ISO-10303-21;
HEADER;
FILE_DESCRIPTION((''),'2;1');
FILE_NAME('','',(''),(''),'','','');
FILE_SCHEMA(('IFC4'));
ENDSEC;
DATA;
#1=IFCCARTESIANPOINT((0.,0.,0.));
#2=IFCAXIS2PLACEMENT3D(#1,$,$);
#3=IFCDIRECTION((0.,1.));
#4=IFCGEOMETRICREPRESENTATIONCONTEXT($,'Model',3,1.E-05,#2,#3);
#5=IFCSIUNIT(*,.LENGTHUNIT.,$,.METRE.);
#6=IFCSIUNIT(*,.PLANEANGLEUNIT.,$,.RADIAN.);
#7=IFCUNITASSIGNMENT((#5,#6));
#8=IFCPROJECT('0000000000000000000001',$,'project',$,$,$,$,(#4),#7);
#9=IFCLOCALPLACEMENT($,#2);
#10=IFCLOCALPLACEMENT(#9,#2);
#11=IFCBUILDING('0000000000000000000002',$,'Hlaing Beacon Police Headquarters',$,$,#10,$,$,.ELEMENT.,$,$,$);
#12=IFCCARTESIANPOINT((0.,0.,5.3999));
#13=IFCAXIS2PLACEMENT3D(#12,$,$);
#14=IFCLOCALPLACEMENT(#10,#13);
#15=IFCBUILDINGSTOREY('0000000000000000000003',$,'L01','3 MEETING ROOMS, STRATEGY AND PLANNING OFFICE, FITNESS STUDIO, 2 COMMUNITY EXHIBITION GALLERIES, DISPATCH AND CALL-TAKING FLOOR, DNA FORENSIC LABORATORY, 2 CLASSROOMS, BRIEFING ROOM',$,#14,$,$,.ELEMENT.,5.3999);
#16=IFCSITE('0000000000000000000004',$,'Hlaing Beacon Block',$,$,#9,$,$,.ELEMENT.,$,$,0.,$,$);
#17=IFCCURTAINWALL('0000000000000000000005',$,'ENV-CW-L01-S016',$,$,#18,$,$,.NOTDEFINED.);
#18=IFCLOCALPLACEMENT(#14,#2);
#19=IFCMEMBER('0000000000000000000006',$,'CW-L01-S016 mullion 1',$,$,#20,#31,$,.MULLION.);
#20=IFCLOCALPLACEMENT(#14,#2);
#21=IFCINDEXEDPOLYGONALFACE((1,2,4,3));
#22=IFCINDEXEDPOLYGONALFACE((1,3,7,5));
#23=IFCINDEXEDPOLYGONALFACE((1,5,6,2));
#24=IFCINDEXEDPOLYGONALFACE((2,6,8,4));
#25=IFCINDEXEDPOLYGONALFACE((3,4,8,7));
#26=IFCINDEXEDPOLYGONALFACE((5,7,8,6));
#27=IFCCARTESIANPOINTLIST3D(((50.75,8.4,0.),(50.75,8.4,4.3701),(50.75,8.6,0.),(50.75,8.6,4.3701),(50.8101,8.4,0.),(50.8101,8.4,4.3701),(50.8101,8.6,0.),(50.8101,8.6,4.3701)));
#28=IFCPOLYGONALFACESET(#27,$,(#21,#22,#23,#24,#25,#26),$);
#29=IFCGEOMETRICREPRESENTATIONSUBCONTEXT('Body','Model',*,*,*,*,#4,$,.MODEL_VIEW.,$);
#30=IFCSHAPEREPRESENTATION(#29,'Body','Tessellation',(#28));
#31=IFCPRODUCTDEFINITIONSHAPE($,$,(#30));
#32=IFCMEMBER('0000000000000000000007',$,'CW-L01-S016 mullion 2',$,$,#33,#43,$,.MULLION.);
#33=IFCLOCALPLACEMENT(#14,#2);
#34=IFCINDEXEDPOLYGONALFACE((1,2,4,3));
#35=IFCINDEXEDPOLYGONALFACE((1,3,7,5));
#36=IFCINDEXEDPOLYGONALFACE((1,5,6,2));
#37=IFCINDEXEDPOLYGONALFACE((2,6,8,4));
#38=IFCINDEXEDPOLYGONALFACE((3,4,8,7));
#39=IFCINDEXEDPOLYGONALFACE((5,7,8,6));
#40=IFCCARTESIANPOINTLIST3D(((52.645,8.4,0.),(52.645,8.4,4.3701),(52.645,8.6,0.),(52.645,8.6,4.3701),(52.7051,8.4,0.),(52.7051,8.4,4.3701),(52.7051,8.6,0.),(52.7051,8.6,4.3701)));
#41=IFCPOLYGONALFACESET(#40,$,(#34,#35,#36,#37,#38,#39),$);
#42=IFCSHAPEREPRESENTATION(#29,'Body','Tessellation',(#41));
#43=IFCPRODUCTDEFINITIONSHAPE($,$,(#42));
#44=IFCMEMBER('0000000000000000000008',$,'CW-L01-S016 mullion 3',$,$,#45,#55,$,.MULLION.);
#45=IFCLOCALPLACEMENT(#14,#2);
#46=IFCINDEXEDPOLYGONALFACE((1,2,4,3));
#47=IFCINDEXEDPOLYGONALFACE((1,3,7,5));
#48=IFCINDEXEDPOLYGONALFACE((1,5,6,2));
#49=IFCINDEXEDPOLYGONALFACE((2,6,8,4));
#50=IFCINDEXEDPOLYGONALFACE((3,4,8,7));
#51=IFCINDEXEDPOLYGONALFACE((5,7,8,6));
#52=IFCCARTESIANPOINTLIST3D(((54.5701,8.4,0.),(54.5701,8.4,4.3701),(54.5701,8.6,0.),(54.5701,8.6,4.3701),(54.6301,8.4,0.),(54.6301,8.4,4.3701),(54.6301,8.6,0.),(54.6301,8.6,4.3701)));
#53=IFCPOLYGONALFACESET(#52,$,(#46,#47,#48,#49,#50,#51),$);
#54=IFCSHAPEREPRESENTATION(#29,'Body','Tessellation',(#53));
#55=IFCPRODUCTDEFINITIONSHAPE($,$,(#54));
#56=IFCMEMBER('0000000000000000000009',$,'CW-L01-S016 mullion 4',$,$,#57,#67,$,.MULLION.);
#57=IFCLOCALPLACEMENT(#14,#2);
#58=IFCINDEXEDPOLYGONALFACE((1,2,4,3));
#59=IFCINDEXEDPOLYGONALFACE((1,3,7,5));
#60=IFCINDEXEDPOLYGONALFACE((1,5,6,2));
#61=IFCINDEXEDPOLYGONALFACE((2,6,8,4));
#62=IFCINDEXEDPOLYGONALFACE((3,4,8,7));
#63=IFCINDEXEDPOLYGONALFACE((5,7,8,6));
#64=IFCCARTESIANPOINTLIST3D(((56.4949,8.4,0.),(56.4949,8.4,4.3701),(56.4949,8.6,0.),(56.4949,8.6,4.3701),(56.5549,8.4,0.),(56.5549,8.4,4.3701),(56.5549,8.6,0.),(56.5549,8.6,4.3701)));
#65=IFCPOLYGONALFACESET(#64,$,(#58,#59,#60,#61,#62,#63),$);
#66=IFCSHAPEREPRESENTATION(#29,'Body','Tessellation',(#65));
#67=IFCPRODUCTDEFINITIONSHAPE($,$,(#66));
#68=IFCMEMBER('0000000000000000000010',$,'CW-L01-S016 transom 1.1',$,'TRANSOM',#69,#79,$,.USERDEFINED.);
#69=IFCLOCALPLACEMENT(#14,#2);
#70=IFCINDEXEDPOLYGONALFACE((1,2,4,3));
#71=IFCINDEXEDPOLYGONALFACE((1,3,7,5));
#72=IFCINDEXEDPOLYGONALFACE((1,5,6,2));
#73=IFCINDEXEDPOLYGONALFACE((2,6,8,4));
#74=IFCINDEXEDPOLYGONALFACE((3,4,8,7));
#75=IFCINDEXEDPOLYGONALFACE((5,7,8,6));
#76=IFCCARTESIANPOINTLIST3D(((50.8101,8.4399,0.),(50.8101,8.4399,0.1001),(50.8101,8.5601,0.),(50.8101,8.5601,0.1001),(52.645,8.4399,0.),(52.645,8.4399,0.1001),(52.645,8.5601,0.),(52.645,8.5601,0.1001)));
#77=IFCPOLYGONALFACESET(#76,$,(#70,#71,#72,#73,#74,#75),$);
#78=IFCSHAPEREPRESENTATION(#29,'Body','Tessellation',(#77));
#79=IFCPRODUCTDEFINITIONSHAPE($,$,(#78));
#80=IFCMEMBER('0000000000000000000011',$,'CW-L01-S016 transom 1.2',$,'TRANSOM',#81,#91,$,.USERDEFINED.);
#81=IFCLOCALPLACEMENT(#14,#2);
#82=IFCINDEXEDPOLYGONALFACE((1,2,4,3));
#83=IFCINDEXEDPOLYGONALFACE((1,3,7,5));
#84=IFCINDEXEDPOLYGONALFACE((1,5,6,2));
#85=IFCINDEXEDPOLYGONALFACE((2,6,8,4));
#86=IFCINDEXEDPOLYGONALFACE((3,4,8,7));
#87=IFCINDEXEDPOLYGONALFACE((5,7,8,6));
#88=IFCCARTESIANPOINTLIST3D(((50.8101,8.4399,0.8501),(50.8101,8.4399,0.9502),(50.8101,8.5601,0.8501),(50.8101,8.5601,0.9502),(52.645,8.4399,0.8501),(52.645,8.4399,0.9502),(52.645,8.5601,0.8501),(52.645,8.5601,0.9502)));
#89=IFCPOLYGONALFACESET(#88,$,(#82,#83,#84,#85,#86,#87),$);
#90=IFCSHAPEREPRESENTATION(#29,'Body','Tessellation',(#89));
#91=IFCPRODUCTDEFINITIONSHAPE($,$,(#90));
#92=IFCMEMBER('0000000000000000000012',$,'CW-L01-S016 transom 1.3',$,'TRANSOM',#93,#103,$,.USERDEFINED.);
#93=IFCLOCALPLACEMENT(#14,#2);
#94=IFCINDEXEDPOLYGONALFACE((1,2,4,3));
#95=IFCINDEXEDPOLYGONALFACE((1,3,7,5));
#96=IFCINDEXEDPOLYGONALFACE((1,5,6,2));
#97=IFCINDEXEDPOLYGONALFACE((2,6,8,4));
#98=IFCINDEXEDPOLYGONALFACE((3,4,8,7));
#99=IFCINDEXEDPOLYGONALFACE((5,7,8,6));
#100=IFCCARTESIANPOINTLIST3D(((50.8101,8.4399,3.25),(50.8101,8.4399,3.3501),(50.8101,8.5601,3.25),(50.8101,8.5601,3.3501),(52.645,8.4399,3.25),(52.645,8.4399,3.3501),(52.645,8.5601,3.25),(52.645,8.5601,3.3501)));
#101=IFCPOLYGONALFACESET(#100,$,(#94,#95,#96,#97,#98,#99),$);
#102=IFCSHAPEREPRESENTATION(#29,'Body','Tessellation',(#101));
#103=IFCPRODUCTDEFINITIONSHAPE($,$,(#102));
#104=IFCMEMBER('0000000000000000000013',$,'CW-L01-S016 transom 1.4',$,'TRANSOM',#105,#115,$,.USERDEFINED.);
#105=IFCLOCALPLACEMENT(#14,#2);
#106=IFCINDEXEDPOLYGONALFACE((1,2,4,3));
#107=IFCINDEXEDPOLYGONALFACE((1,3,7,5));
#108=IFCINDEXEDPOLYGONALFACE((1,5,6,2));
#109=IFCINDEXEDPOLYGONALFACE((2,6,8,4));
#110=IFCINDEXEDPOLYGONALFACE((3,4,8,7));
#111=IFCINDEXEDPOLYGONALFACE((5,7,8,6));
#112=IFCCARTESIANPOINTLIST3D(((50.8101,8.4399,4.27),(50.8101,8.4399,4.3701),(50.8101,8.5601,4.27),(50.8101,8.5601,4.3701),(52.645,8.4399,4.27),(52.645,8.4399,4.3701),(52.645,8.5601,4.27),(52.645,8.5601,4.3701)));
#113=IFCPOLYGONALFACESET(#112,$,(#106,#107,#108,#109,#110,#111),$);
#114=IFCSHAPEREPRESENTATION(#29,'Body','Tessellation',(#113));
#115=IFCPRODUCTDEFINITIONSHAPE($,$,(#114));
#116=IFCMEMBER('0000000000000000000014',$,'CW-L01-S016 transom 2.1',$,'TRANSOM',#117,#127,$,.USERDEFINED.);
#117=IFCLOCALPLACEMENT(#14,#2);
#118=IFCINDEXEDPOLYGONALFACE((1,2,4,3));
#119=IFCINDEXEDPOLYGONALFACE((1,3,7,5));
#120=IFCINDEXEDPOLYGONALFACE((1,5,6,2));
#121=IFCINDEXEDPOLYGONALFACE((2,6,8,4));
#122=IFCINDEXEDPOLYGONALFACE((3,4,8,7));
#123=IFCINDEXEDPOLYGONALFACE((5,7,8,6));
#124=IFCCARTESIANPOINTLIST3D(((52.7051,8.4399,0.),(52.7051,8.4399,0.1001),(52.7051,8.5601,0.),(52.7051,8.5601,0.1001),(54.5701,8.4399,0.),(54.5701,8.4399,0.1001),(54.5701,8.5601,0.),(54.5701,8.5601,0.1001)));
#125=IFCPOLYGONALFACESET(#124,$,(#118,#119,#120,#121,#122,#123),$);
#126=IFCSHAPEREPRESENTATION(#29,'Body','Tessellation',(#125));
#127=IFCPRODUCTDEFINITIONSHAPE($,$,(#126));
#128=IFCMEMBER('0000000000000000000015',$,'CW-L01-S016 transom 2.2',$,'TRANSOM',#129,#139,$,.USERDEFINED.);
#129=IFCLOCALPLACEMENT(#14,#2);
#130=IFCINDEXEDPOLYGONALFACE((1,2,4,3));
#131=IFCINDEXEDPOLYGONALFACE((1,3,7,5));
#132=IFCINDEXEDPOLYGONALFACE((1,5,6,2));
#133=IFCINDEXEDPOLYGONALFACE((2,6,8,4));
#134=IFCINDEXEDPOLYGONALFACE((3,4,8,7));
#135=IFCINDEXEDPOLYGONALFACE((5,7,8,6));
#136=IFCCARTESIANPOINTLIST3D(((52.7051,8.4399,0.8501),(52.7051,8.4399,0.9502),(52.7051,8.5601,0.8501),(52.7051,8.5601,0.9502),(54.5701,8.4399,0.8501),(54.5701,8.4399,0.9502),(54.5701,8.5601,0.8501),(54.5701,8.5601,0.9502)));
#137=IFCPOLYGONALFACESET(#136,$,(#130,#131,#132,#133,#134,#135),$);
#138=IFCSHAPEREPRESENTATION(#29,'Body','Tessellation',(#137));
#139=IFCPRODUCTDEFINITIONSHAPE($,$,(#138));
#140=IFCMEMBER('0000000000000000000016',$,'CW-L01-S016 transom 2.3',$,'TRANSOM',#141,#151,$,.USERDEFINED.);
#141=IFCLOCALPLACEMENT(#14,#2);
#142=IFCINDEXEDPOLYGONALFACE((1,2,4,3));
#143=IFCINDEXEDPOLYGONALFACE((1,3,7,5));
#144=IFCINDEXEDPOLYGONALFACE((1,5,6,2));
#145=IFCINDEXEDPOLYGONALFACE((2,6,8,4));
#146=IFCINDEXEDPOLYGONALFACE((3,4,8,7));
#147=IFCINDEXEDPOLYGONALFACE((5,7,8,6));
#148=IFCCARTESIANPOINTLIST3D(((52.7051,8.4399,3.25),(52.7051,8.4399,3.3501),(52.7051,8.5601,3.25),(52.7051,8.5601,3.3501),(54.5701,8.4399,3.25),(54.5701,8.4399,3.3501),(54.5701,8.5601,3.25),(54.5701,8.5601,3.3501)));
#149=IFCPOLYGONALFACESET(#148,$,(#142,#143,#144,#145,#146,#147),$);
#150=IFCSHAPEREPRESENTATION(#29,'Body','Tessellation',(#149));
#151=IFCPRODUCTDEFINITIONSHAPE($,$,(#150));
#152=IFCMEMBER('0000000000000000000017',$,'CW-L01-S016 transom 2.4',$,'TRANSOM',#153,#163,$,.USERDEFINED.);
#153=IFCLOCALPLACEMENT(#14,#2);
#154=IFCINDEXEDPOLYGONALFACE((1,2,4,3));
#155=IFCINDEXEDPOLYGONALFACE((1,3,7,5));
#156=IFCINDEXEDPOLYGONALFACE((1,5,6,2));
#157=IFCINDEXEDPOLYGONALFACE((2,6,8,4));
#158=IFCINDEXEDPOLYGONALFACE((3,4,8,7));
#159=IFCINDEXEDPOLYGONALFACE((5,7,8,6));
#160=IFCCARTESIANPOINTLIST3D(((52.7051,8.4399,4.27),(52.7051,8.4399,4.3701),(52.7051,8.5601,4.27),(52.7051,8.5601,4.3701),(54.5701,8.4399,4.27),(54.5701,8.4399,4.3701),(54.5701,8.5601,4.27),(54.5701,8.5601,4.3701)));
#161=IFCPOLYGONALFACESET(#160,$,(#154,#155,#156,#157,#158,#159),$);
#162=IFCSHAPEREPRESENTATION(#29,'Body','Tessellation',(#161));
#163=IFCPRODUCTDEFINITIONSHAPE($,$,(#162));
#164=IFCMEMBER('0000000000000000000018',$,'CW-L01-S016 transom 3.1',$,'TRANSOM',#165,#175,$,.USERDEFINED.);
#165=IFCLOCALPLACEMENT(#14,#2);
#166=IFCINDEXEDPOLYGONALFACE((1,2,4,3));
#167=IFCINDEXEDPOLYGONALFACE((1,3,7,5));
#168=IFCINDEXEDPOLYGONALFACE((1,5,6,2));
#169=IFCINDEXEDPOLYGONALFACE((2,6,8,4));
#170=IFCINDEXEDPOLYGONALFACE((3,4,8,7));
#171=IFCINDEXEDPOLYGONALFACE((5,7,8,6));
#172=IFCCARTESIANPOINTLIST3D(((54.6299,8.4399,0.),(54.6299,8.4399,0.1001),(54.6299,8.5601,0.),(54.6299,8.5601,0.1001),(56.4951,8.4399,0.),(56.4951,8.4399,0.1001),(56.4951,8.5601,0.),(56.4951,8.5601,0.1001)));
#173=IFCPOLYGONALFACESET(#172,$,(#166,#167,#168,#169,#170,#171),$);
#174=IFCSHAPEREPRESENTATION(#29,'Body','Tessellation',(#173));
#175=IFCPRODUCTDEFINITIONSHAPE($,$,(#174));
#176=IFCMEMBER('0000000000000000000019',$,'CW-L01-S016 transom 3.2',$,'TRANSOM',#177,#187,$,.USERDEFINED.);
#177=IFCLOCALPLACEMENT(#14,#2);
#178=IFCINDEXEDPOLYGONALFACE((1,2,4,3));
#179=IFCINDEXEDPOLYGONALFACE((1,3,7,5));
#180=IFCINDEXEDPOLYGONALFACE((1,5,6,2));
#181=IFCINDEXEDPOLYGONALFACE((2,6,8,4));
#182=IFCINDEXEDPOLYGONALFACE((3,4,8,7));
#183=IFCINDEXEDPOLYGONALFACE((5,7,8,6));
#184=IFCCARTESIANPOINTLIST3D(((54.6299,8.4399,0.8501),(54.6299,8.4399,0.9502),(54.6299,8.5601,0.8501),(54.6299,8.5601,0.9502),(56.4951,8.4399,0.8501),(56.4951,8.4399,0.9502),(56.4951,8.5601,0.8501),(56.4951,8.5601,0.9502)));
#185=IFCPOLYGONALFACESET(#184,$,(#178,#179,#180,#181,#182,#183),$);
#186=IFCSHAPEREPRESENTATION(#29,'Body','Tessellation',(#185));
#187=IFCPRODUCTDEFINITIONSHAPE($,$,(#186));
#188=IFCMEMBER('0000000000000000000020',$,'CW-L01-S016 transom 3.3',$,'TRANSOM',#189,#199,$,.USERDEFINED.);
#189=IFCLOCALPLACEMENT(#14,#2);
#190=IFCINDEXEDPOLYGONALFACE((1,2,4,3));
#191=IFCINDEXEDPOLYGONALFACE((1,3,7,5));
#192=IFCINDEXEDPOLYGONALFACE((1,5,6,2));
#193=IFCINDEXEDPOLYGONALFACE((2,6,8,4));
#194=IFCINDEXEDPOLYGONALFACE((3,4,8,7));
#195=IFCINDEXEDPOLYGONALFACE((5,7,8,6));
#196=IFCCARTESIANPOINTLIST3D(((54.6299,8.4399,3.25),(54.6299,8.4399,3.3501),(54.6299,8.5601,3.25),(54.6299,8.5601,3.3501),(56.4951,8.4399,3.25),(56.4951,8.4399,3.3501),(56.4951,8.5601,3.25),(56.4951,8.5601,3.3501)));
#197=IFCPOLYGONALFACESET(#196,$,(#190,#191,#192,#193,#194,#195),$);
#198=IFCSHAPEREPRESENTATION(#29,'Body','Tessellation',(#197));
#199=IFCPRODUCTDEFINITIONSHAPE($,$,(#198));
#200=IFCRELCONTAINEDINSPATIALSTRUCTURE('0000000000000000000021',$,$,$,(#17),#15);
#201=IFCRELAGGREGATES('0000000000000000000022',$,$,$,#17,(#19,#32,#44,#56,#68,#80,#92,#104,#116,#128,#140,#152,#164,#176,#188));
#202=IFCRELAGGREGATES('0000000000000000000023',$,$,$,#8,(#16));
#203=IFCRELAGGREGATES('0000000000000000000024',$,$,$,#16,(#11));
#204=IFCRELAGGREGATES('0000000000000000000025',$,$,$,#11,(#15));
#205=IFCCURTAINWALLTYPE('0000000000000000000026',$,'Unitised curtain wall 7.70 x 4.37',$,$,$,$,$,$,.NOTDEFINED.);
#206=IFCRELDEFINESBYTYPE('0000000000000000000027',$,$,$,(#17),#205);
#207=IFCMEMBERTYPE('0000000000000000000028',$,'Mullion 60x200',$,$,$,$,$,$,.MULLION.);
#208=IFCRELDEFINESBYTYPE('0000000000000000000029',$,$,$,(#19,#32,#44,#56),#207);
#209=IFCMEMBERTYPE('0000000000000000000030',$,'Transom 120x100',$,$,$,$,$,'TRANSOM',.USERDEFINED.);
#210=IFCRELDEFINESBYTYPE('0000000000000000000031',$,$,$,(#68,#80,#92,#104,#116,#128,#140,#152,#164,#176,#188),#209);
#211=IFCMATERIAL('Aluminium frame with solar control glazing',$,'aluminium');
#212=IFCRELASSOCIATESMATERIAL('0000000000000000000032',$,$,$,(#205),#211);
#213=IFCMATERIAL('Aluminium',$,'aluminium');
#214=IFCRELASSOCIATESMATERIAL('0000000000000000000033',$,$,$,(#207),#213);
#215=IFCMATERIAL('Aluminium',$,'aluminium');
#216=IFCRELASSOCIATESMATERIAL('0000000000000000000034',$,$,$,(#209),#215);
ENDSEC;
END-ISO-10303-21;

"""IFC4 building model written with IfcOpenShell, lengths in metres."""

from ifc_helpers import new_model, si_unit, direction, frame, origin, origin_2d, place, context, subcontext, project, spatial, rectangle, extrude, material, material_profile, profile_set, type_object, element, aggregate, save


model = new_model("IFC4")

# Units and contexts
model_context = context("Model", 3, precision=1e-05, world=origin(), true_north=direction((0.0, 1.0)))
body_context = subcontext(model_context, "Body", "Model", "MODEL_VIEW")
ifc_project = project(units=[si_unit("LENGTHUNIT", "METRE"), si_unit("PLANEANGLEUNIT", "RADIAN")], contexts=[model_context])

# Site, building, storey
site_placement = place(None, origin())
site = spatial("IfcSite", under=ifc_project, at=site_placement, Name="Hlaing Beacon Block", CompositionType="ELEMENT", RefElevation=0.0)
building_placement = place(site_placement, origin())
building = spatial("IfcBuilding", under=site, at=building_placement, Name="Hlaing Beacon Police Headquarters", CompositionType="ELEMENT")
storey_placement = place(building_placement, frame((0.0, 0.0, 5.3999)))
storey = spatial("IfcBuildingStorey", under=building, at=storey_placement, Name="L01", Description="3 MEETING ROOMS, STRATEGY AND PLANNING OFFICE, FITNESS STUDIO, 2 COMMUNITY EXHIBITION GALLERIES, DISPATCH AND CALL-TAKING FLOOR, DNA FORENSIC LABORATORY, 2 CLASSROOMS, BRIEFING ROOM", CompositionType="ELEMENT", Elevation=5.3999)

# Curtain wall, members
ifc_material_1 = material(Name="Aluminium frame with solar control glazing", Category="aluminium")
curtain_wall_type = type_object("IfcCurtainWallType", Name="Unitised curtain wall 7.70 x 4.37", PredefinedType="NOTDEFINED", material=ifc_material_1)
curtain_wall_placement = place(storey_placement, origin())
curtain_wall = element("IfcCurtainWall", 1, at=curtain_wall_placement, inside=storey, type_object=curtain_wall_type, Name="ENV-CW-L01-S016", PredefinedType="NOTDEFINED")
ifc_material_2 = material(Name="Aluminium", Category="aluminium")
ifc_material_profile_1 = material_profile(ifc_material_2, rectangle(XDim=0.2, YDim=0.0601, at=origin_2d()), Name="Mullion 60x200")
ifc_profile_set_1 = profile_set([ifc_material_profile_1], Name="Aluminium")
member_type_1 = type_object("IfcMemberType", Name="Mullion 60x200", PredefinedType="MULLION", material=ifc_profile_set_1)
member_1_placement = place(storey_placement, frame((50.78, 8.5, 0.0), z_axis=(0.0, 0.0, 1.0), x_axis=(0.0, 1.0, 0.0)))
member_1 = element("IfcMember", 2, at=member_1_placement, type_object=member_type_1, Name="CW-L01-S016 mullion 1", PredefinedType="MULLION", context=body_context, shape_type="SweptSolid", body=[
    extrude(rectangle(XDim=0.2, YDim=0.0601, at=origin_2d()), origin(), (0.0, 0.0, 1.0), 4.3701),
])
member_2_placement = place(storey_placement, frame((52.675, 8.5, 0.0), z_axis=(0.0, 0.0, 1.0), x_axis=(0.0, 1.0, 0.0)))
member_2 = element("IfcMember", 3, at=member_2_placement, type_object=member_type_1, Name="CW-L01-S016 mullion 2", PredefinedType="MULLION", context=body_context, shape_type="SweptSolid", body=[
    extrude(rectangle(XDim=0.2, YDim=0.0601, at=origin_2d()), origin(), (0.0, 0.0, 1.0), 4.3701),
])
member_3_placement = place(storey_placement, frame((54.6001, 8.5, 0.0), z_axis=(0.0, 0.0, 1.0), x_axis=(0.0, 1.0, 0.0)))
member_3 = element("IfcMember", 4, at=member_3_placement, type_object=member_type_1, Name="CW-L01-S016 mullion 3", PredefinedType="MULLION", context=body_context, shape_type="SweptSolid", body=[
    extrude(rectangle(XDim=0.2, YDim=0.0601, at=origin_2d()), origin(), (0.0, 0.0, 1.0), 4.3701),
])
member_4_placement = place(storey_placement, frame((56.5249, 8.5, 0.0), z_axis=(0.0, 0.0, 1.0), x_axis=(0.0, 1.0, 0.0)))
member_4 = element("IfcMember", 5, at=member_4_placement, type_object=member_type_1, Name="CW-L01-S016 mullion 4", PredefinedType="MULLION", context=body_context, shape_type="SweptSolid", body=[
    extrude(rectangle(XDim=0.2, YDim=0.0601, at=origin_2d()), origin(), (0.0, 0.0, 1.0), 4.3701),
])
ifc_material_3 = material(Name="Aluminium", Category="aluminium")
ifc_material_profile_2 = material_profile(ifc_material_3, rectangle(XDim=0.1201, YDim=0.1001, at=origin_2d()), Name="Transom 120x100")
ifc_profile_set_2 = profile_set([ifc_material_profile_2], Name="Aluminium")
member_type_2 = type_object("IfcMemberType", Name="Transom 120x100", ElementType="TRANSOM", PredefinedType="USERDEFINED", material=ifc_profile_set_2)
member_5_placement = place(storey_placement, frame((50.8101, 8.5, 0.05), z_axis=(1.0, 0.0, 0.0), x_axis=(0.0, 1.0, 0.0)))
member_5 = element("IfcMember", 6, at=member_5_placement, type_object=member_type_2, Name="CW-L01-S016 transom 1.1", ObjectType="TRANSOM", PredefinedType="USERDEFINED", context=body_context, shape_type="SweptSolid", body=[
    extrude(rectangle(XDim=0.1201, YDim=0.1001, at=origin_2d()), origin(), (0.0, 0.0, 1.0), 1.835),
])
member_6_placement = place(storey_placement, frame((50.8101, 8.5, 0.9001), z_axis=(1.0, 0.0, 0.0), x_axis=(0.0, 1.0, 0.0)))
member_6 = element("IfcMember", 7, at=member_6_placement, type_object=member_type_2, Name="CW-L01-S016 transom 1.2", ObjectType="TRANSOM", PredefinedType="USERDEFINED", context=body_context, shape_type="SweptSolid", body=[
    extrude(rectangle(XDim=0.1201, YDim=0.1001, at=origin_2d()), origin(), (0.0, 0.0, 1.0), 1.835),
])
member_7_placement = place(storey_placement, frame((50.8101, 8.5, 3.3), z_axis=(1.0, 0.0, 0.0), x_axis=(0.0, 1.0, 0.0)))
member_7 = element("IfcMember", 8, at=member_7_placement, type_object=member_type_2, Name="CW-L01-S016 transom 1.3", ObjectType="TRANSOM", PredefinedType="USERDEFINED", context=body_context, shape_type="SweptSolid", body=[
    extrude(rectangle(XDim=0.1201, YDim=0.1001, at=origin_2d()), origin(), (0.0, 0.0, 1.0), 1.835),
])
member_8_placement = place(storey_placement, frame((50.8101, 8.5, 4.3201), z_axis=(1.0, 0.0, 0.0), x_axis=(0.0, 1.0, 0.0)))
member_8 = element("IfcMember", 9, at=member_8_placement, type_object=member_type_2, Name="CW-L01-S016 transom 1.4", ObjectType="TRANSOM", PredefinedType="USERDEFINED", context=body_context, shape_type="SweptSolid", body=[
    extrude(rectangle(XDim=0.1201, YDim=0.1001, at=origin_2d()), origin(), (0.0, 0.0, 1.0), 1.835),
])
member_9_placement = place(storey_placement, frame((52.7051, 8.5, 0.05), z_axis=(1.0, 0.0, 0.0), x_axis=(0.0, 1.0, 0.0)))
member_9 = element("IfcMember", 10, at=member_9_placement, type_object=member_type_2, Name="CW-L01-S016 transom 2.1", ObjectType="TRANSOM", PredefinedType="USERDEFINED", context=body_context, shape_type="SweptSolid", body=[
    extrude(rectangle(XDim=0.1201, YDim=0.1001, at=origin_2d()), origin(), (0.0, 0.0, 1.0), 1.865),
])
member_10_placement = place(storey_placement, frame((52.7051, 8.5, 0.9001), z_axis=(1.0, 0.0, 0.0), x_axis=(0.0, 1.0, 0.0)))
member_10 = element("IfcMember", 11, at=member_10_placement, type_object=member_type_2, Name="CW-L01-S016 transom 2.2", ObjectType="TRANSOM", PredefinedType="USERDEFINED", context=body_context, shape_type="SweptSolid", body=[
    extrude(rectangle(XDim=0.1201, YDim=0.1001, at=origin_2d()), origin(), (0.0, 0.0, 1.0), 1.865),
])
member_11_placement = place(storey_placement, frame((52.7051, 8.5, 3.3), z_axis=(1.0, 0.0, 0.0), x_axis=(0.0, 1.0, 0.0)))
member_11 = element("IfcMember", 12, at=member_11_placement, type_object=member_type_2, Name="CW-L01-S016 transom 2.3", ObjectType="TRANSOM", PredefinedType="USERDEFINED", context=body_context, shape_type="SweptSolid", body=[
    extrude(rectangle(XDim=0.1201, YDim=0.1001, at=origin_2d()), origin(), (0.0, 0.0, 1.0), 1.865),
])
member_12_placement = place(storey_placement, frame((52.7051, 8.5, 4.3201), z_axis=(1.0, 0.0, 0.0), x_axis=(0.0, 1.0, 0.0)))
member_12 = element("IfcMember", 13, at=member_12_placement, type_object=member_type_2, Name="CW-L01-S016 transom 2.4", ObjectType="TRANSOM", PredefinedType="USERDEFINED", context=body_context, shape_type="SweptSolid", body=[
    extrude(rectangle(XDim=0.1201, YDim=0.1001, at=origin_2d()), origin(), (0.0, 0.0, 1.0), 1.865),
])
member_13_placement = place(storey_placement, frame((54.6299, 8.5, 0.05), z_axis=(1.0, 0.0, 0.0), x_axis=(0.0, 1.0, 0.0)))
member_13 = element("IfcMember", 14, at=member_13_placement, type_object=member_type_2, Name="CW-L01-S016 transom 3.1", ObjectType="TRANSOM", PredefinedType="USERDEFINED", context=body_context, shape_type="SweptSolid", body=[
    extrude(rectangle(XDim=0.1201, YDim=0.1001, at=origin_2d()), origin(), (0.0, 0.0, 1.0), 1.8652),
])
member_14_placement = place(storey_placement, frame((54.6299, 8.5, 0.9001), z_axis=(1.0, 0.0, 0.0), x_axis=(0.0, 1.0, 0.0)))
member_14 = element("IfcMember", 15, at=member_14_placement, type_object=member_type_2, Name="CW-L01-S016 transom 3.2", ObjectType="TRANSOM", PredefinedType="USERDEFINED", context=body_context, shape_type="SweptSolid", body=[
    extrude(rectangle(XDim=0.1201, YDim=0.1001, at=origin_2d()), origin(), (0.0, 0.0, 1.0), 1.8652),
])
member_15_placement = place(storey_placement, frame((54.6299, 8.5, 3.3), z_axis=(1.0, 0.0, 0.0), x_axis=(0.0, 1.0, 0.0)))
member_15 = element("IfcMember", 16, at=member_15_placement, type_object=member_type_2, Name="CW-L01-S016 transom 3.3", ObjectType="TRANSOM", PredefinedType="USERDEFINED", context=body_context, shape_type="SweptSolid", body=[
    extrude(rectangle(XDim=0.1201, YDim=0.1001, at=origin_2d()), origin(), (0.0, 0.0, 1.0), 1.8652),
])
aggregate(curtain_wall, [member_1, member_2, member_3, member_4, member_5, member_6, member_7, member_8, member_9, member_10, member_11, member_12, member_13, member_14, member_15])

save(model, "model.ifc")
